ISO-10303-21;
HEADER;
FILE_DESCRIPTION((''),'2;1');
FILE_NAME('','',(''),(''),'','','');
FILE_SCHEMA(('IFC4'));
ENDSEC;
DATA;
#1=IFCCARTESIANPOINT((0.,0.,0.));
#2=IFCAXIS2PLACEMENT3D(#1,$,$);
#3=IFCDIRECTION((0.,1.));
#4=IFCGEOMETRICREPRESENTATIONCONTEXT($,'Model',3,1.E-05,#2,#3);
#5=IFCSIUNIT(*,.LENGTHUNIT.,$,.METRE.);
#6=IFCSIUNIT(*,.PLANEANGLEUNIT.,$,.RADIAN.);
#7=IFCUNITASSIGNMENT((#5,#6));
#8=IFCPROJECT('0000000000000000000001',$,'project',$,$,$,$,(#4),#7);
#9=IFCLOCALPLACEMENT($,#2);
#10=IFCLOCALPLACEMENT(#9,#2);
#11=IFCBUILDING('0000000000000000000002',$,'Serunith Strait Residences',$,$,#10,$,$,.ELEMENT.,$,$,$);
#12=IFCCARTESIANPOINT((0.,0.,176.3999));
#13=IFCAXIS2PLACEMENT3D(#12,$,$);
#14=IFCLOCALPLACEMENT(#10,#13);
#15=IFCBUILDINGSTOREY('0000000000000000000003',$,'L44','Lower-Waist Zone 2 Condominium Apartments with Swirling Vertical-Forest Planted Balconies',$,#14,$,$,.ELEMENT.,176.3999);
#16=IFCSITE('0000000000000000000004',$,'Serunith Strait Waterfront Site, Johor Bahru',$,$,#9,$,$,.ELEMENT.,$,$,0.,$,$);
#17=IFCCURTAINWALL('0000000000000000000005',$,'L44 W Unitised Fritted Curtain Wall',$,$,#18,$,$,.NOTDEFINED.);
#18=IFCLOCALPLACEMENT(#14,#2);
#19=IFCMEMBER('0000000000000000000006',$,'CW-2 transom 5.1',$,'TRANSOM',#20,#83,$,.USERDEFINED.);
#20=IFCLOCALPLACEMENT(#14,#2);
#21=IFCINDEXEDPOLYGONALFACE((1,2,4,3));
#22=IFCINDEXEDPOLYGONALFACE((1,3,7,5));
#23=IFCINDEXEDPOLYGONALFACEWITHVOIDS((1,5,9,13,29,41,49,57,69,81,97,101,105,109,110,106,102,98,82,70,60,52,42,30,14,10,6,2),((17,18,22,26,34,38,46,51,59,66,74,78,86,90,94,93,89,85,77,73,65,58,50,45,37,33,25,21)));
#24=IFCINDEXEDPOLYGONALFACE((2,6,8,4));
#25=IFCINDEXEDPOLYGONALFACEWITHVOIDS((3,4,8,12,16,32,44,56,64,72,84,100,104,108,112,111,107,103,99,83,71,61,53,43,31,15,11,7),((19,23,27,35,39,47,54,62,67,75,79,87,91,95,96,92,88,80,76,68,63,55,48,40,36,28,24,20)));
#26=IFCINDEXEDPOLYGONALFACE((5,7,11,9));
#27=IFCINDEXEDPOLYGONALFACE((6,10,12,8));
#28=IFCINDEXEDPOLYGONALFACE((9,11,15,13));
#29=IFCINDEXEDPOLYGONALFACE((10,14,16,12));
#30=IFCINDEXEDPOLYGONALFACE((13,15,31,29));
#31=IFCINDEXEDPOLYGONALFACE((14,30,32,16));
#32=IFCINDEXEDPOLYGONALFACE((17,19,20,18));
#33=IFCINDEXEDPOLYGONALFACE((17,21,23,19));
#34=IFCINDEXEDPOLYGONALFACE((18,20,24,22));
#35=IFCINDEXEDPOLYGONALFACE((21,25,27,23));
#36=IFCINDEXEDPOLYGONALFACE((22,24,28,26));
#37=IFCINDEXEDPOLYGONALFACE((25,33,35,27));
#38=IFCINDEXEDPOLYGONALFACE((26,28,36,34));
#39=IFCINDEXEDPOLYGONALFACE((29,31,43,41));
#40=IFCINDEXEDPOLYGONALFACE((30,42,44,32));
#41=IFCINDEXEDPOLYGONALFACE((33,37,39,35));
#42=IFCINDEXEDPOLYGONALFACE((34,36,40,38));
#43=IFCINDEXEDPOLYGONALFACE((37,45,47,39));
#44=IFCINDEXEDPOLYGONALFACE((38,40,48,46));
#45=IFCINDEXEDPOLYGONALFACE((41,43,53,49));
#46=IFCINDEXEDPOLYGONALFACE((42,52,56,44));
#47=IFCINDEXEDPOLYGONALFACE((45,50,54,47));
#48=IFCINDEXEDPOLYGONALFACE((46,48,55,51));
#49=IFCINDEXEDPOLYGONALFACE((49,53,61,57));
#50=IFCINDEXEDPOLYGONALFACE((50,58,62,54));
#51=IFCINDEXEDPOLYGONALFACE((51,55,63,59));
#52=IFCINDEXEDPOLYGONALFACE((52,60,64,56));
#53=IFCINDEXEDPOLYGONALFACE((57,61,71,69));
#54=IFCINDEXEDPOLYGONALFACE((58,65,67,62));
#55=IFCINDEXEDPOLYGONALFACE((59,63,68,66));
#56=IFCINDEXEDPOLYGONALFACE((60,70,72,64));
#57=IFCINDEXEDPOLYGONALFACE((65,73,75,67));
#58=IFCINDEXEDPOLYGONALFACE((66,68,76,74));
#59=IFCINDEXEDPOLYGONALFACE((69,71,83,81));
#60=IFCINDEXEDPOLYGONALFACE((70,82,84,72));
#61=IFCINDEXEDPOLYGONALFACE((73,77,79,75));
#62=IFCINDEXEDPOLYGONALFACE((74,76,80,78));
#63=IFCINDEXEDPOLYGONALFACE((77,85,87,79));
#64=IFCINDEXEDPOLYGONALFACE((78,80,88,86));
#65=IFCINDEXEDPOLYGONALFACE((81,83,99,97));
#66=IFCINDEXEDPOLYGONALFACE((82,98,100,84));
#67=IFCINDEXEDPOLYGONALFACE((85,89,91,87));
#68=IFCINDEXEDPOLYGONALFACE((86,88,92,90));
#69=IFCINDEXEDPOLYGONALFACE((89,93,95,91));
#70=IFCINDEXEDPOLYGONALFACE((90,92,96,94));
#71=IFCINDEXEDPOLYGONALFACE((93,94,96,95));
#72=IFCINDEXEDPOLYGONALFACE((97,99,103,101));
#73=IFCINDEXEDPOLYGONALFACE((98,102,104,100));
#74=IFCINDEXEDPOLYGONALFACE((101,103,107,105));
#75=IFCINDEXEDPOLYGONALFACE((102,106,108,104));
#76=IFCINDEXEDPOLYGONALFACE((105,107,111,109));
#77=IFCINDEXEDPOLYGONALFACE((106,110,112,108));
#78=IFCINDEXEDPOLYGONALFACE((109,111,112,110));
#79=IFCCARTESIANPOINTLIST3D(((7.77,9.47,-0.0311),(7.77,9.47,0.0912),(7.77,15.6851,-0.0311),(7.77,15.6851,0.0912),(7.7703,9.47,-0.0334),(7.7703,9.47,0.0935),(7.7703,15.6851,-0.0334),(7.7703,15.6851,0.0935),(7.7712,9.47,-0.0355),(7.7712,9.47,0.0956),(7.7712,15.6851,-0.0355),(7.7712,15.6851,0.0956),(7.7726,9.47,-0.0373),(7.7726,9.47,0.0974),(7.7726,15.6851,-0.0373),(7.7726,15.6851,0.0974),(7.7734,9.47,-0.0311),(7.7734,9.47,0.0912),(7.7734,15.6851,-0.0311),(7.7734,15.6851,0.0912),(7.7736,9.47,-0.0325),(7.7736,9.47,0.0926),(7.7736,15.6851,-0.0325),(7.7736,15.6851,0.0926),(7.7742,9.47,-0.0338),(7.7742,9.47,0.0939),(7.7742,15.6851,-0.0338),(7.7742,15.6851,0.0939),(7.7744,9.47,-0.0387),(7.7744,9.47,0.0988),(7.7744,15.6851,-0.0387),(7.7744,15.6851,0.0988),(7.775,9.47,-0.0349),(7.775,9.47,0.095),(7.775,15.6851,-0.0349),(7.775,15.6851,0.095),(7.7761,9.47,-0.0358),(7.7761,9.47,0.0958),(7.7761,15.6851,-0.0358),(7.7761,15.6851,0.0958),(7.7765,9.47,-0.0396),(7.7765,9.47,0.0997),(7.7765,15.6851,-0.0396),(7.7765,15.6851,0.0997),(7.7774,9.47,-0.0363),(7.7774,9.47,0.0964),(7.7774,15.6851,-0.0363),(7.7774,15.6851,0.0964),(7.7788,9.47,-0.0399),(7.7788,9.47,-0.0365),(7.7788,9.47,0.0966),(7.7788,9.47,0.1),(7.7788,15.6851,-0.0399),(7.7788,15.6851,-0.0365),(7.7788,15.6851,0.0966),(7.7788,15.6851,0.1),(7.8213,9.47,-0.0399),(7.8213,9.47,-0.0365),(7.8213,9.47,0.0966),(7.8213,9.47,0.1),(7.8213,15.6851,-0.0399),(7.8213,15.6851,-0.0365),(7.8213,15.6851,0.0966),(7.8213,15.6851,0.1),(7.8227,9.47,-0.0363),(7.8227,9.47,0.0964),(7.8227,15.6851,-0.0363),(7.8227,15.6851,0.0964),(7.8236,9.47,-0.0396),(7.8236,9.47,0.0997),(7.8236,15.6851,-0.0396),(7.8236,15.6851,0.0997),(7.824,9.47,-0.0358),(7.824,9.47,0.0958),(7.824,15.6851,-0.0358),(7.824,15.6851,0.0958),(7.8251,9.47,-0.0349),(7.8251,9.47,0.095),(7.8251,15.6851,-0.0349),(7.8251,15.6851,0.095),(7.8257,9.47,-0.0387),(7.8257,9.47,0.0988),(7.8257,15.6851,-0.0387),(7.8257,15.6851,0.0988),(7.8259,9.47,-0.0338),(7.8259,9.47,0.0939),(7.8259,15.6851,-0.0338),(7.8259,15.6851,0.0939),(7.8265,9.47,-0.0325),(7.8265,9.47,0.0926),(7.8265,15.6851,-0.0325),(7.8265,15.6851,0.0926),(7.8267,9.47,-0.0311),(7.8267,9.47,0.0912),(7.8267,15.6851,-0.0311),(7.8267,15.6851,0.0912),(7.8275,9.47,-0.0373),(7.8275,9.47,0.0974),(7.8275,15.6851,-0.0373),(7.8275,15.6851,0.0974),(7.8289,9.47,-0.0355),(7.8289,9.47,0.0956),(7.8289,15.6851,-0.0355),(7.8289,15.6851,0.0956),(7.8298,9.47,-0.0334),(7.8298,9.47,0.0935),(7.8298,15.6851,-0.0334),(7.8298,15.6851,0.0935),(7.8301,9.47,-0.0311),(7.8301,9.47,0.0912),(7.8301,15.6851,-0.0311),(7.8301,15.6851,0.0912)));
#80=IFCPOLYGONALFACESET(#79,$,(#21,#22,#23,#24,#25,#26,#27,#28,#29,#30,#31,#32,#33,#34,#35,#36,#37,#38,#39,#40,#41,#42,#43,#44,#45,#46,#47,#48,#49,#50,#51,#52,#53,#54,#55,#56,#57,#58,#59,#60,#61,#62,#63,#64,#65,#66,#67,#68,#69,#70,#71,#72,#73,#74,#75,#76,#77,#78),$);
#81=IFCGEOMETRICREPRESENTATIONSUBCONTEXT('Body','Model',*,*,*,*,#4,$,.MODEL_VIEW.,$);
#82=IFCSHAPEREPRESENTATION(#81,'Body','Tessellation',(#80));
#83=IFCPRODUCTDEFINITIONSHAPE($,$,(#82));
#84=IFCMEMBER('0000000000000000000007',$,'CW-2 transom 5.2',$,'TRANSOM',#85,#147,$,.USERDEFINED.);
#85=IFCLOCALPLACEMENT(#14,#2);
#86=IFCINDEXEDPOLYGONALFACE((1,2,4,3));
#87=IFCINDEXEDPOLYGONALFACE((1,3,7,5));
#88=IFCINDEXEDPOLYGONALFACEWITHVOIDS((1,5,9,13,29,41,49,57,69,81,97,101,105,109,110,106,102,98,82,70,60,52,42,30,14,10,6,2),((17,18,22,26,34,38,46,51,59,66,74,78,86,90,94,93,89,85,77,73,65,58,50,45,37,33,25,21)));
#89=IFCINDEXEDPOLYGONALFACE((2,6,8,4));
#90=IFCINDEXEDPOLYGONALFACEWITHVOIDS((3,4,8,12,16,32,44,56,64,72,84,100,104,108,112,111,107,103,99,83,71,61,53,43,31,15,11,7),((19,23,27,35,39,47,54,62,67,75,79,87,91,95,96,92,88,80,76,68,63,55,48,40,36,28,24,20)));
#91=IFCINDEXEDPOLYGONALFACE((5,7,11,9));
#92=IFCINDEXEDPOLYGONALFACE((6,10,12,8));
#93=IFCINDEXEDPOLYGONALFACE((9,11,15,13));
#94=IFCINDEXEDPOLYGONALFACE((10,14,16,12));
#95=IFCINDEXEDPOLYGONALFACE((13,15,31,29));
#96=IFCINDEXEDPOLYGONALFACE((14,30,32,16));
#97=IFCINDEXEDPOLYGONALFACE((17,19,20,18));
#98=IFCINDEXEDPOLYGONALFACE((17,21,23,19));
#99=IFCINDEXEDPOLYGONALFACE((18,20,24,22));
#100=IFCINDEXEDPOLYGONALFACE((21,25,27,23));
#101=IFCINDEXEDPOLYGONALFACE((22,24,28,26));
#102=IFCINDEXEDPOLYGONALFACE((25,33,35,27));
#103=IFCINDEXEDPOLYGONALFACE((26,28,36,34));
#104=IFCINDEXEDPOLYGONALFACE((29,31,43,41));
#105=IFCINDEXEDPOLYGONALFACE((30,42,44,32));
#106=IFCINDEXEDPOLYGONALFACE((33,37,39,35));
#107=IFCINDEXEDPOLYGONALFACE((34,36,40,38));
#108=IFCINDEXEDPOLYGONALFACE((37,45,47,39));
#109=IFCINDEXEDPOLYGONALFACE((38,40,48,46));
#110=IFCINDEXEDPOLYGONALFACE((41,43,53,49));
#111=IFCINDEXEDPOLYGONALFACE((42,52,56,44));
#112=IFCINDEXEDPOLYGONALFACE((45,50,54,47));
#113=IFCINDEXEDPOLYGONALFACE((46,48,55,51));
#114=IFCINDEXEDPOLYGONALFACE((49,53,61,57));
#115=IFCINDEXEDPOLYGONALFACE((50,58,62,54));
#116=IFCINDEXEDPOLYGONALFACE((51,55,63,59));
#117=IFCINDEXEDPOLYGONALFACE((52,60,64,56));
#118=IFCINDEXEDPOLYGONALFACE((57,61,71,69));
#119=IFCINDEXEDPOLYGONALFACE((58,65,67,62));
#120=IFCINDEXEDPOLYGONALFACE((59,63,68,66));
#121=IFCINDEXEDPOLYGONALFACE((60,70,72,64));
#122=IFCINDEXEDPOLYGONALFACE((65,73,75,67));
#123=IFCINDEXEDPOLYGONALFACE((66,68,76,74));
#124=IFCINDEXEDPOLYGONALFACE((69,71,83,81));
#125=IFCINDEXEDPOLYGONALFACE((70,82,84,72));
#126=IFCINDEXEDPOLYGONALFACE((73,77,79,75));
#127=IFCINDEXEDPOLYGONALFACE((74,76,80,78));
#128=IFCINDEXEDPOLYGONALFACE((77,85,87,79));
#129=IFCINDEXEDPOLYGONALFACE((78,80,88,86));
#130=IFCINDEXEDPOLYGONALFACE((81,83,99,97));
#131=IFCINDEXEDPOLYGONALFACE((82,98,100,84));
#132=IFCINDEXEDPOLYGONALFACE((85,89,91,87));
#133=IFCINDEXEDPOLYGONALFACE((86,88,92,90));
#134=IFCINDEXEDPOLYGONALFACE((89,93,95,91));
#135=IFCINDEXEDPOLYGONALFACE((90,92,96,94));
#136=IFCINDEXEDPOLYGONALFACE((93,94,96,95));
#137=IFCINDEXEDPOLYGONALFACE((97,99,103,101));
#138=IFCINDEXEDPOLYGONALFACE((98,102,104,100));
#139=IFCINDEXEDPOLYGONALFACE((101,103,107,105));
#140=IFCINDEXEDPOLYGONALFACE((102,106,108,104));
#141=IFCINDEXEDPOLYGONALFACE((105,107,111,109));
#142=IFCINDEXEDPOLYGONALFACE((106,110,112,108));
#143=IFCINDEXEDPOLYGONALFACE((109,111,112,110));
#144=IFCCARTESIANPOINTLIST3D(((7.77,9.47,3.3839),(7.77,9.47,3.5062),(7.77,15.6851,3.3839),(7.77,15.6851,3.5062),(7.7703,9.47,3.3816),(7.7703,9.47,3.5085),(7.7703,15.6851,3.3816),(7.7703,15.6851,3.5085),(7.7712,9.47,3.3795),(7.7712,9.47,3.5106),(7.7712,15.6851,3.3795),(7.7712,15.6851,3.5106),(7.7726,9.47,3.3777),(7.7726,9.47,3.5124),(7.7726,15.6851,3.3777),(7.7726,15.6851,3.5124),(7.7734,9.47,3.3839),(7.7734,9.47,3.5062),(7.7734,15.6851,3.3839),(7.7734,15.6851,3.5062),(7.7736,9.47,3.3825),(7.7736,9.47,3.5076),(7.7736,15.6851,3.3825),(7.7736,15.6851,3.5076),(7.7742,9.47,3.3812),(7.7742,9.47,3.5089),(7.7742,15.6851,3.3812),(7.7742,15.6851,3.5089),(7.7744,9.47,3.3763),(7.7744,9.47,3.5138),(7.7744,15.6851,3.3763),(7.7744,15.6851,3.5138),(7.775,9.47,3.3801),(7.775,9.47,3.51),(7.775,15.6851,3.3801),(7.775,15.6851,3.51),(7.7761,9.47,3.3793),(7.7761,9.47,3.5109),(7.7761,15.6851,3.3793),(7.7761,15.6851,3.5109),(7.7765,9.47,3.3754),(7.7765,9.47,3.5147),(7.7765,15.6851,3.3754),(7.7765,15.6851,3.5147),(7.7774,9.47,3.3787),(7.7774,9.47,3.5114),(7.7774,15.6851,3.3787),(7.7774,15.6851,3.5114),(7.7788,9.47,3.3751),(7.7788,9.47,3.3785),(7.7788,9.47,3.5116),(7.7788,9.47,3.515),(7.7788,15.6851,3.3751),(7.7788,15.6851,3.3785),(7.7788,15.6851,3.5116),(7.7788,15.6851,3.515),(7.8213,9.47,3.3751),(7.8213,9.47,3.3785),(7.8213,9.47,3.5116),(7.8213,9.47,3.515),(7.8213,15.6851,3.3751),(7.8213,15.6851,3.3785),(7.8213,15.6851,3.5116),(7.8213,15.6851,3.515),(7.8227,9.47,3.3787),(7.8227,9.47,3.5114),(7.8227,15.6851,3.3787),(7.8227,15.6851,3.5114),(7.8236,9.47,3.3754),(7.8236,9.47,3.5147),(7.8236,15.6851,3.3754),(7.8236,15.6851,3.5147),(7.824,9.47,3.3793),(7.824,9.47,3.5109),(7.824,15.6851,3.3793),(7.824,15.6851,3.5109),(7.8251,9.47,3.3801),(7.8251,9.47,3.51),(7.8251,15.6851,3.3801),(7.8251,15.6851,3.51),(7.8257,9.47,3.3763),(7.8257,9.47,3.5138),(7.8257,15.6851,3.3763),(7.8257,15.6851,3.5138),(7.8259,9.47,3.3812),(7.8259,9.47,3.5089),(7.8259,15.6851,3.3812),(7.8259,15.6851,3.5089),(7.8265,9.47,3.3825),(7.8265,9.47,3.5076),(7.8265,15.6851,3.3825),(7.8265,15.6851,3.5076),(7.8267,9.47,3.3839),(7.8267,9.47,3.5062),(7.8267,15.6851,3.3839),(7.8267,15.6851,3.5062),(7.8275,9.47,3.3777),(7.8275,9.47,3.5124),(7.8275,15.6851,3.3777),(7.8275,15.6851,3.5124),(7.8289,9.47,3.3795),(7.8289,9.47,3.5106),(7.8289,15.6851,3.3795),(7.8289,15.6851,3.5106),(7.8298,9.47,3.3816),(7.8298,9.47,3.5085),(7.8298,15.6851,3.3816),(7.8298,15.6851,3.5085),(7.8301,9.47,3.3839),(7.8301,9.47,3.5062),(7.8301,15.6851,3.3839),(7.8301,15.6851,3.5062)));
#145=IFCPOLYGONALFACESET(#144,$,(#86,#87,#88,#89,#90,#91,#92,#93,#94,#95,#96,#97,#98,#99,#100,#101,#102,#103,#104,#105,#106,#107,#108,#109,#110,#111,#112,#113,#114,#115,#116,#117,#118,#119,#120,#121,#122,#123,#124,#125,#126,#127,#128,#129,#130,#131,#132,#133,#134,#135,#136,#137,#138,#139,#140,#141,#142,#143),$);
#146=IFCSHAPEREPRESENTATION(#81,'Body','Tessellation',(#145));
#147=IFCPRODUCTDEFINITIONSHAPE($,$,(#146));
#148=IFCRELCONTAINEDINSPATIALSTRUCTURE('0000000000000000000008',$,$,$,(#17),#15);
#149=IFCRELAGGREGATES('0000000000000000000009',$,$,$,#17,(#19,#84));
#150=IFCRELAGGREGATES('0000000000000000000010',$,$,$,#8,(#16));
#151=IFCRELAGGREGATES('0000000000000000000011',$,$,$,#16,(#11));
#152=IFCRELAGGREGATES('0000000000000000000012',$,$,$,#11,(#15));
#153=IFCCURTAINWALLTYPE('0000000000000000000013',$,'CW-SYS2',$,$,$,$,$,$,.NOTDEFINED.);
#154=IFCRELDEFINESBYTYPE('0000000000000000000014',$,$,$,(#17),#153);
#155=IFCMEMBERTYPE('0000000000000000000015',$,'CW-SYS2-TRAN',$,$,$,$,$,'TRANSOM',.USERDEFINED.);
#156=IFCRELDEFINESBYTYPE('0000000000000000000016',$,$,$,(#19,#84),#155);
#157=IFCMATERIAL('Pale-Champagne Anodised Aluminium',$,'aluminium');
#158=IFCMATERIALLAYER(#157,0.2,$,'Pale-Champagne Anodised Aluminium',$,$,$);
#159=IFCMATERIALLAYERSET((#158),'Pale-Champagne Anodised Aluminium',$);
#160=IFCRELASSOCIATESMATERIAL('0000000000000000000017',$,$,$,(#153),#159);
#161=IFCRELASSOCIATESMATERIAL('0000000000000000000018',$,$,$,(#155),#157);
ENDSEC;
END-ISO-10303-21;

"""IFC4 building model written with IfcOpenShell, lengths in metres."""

from ifc_helpers import new_model, si_unit, direction, frame, origin, origin_2d, place, context, subcontext, project, spatial, hollow_rectangle, extrude, source, transform, mapped, material, layer, layer_set, material_profile, profile_set, type_object, element, aggregate, save


model = new_model("IFC4")

# Units and contexts
model_context = context("Model", 3, precision=1e-05, world=origin(), true_north=direction((0.0, 1.0)))
body_context = subcontext(model_context, "Body", "Model", "MODEL_VIEW")
ifc_project = project(units=[si_unit("LENGTHUNIT", "METRE"), si_unit("PLANEANGLEUNIT", "RADIAN")], contexts=[model_context])

# Site, building, storey
site_placement = place(None, origin())
site = spatial("IfcSite", under=ifc_project, at=site_placement, Name="Serunith Strait Waterfront Site, Johor Bahru", CompositionType="ELEMENT", RefElevation=0.0)
building_placement = place(site_placement, origin())
building = spatial("IfcBuilding", under=site, at=building_placement, Name="Serunith Strait Residences", CompositionType="ELEMENT")
storey_placement = place(building_placement, frame((0.0, 0.0, 176.3999)))
storey = spatial("IfcBuildingStorey", under=building, at=storey_placement, Name="L44", Description="Lower-Waist Zone 2 Condominium Apartments with Swirling Vertical-Forest Planted Balconies", CompositionType="ELEMENT", Elevation=176.3999)

# Curtain wall, members
ifc_material_1 = material(Name="Pale-Champagne Anodised Aluminium", Category="aluminium")
ifc_layer_1 = layer(ifc_material_1, 0.2, Name="Pale-Champagne Anodised Aluminium")
ifc_layer_set_1 = layer_set([ifc_layer_1], Name="Pale-Champagne Anodised Aluminium")
curtain_wall_type = type_object("IfcCurtainWallType", Name="CW-SYS2", PredefinedType="NOTDEFINED", material=ifc_layer_set_1)
curtain_wall_placement = place(storey_placement, origin())
curtain_wall = element("IfcCurtainWall", 1, at=curtain_wall_placement, inside=storey, type_object=curtain_wall_type, Name="L44 W Unitised Fritted Curtain Wall", PredefinedType="NOTDEFINED")
ifc_material_profile_1 = material_profile(ifc_material_1, hollow_rectangle(XDim=0.0601, YDim=0.1399, WallThickness=0.0034, InnerFilletRadius=0.0054, OuterFilletRadius=0.0088, at=origin_2d()), Name="ALU 140x60x3.5")
ifc_profile_set_1 = profile_set([ifc_material_profile_1], Name="Pale-Champagne Anodised Aluminium")
member_type_1 = type_object("IfcMemberType", Name="CW-SYS2-TRAN", ElementType="TRANSOM", PredefinedType="USERDEFINED", material=ifc_profile_set_1)
shared_shape_1 = source(origin(), body_context, "Body", "SweptSolid", [
    extrude(hollow_rectangle(XDim=0.0601, YDim=0.1399, WallThickness=0.0034, InnerFilletRadius=0.0054, OuterFilletRadius=0.0088, at=origin_2d()), origin(), (0.0, 0.0, 1.0), 6.2151),
])
member_1_placement = place(storey_placement, frame((7.8, 15.6851, 0.03), z_axis=(0.0, -1.0, 0.0), x_axis=(1.0, 0.0, 0.0)))
member_1 = element("IfcMember", 2, at=member_1_placement, type_object=member_type_1, Name="CW-2 transom 5.1", ObjectType="TRANSOM", PredefinedType="USERDEFINED", context=body_context, shape_type="MappedRepresentation", body=[
    mapped(shared_shape_1, transform((0.0, 0.0, 0.0), scale=1.0)),
])
member_2_placement = place(storey_placement, frame((7.8, 15.6851, 3.4451), z_axis=(0.0, -1.0, 0.0), x_axis=(1.0, 0.0, 0.0)))
member_2 = element("IfcMember", 3, at=member_2_placement, type_object=member_type_1, Name="CW-2 transom 5.2", ObjectType="TRANSOM", PredefinedType="USERDEFINED", context=body_context, shape_type="MappedRepresentation", body=[
    mapped(shared_shape_1, transform((0.0, 0.0, 0.0), scale=1.0)),
])
aggregate(curtain_wall, [member_1, member_2])

save(model, "model.ifc")
